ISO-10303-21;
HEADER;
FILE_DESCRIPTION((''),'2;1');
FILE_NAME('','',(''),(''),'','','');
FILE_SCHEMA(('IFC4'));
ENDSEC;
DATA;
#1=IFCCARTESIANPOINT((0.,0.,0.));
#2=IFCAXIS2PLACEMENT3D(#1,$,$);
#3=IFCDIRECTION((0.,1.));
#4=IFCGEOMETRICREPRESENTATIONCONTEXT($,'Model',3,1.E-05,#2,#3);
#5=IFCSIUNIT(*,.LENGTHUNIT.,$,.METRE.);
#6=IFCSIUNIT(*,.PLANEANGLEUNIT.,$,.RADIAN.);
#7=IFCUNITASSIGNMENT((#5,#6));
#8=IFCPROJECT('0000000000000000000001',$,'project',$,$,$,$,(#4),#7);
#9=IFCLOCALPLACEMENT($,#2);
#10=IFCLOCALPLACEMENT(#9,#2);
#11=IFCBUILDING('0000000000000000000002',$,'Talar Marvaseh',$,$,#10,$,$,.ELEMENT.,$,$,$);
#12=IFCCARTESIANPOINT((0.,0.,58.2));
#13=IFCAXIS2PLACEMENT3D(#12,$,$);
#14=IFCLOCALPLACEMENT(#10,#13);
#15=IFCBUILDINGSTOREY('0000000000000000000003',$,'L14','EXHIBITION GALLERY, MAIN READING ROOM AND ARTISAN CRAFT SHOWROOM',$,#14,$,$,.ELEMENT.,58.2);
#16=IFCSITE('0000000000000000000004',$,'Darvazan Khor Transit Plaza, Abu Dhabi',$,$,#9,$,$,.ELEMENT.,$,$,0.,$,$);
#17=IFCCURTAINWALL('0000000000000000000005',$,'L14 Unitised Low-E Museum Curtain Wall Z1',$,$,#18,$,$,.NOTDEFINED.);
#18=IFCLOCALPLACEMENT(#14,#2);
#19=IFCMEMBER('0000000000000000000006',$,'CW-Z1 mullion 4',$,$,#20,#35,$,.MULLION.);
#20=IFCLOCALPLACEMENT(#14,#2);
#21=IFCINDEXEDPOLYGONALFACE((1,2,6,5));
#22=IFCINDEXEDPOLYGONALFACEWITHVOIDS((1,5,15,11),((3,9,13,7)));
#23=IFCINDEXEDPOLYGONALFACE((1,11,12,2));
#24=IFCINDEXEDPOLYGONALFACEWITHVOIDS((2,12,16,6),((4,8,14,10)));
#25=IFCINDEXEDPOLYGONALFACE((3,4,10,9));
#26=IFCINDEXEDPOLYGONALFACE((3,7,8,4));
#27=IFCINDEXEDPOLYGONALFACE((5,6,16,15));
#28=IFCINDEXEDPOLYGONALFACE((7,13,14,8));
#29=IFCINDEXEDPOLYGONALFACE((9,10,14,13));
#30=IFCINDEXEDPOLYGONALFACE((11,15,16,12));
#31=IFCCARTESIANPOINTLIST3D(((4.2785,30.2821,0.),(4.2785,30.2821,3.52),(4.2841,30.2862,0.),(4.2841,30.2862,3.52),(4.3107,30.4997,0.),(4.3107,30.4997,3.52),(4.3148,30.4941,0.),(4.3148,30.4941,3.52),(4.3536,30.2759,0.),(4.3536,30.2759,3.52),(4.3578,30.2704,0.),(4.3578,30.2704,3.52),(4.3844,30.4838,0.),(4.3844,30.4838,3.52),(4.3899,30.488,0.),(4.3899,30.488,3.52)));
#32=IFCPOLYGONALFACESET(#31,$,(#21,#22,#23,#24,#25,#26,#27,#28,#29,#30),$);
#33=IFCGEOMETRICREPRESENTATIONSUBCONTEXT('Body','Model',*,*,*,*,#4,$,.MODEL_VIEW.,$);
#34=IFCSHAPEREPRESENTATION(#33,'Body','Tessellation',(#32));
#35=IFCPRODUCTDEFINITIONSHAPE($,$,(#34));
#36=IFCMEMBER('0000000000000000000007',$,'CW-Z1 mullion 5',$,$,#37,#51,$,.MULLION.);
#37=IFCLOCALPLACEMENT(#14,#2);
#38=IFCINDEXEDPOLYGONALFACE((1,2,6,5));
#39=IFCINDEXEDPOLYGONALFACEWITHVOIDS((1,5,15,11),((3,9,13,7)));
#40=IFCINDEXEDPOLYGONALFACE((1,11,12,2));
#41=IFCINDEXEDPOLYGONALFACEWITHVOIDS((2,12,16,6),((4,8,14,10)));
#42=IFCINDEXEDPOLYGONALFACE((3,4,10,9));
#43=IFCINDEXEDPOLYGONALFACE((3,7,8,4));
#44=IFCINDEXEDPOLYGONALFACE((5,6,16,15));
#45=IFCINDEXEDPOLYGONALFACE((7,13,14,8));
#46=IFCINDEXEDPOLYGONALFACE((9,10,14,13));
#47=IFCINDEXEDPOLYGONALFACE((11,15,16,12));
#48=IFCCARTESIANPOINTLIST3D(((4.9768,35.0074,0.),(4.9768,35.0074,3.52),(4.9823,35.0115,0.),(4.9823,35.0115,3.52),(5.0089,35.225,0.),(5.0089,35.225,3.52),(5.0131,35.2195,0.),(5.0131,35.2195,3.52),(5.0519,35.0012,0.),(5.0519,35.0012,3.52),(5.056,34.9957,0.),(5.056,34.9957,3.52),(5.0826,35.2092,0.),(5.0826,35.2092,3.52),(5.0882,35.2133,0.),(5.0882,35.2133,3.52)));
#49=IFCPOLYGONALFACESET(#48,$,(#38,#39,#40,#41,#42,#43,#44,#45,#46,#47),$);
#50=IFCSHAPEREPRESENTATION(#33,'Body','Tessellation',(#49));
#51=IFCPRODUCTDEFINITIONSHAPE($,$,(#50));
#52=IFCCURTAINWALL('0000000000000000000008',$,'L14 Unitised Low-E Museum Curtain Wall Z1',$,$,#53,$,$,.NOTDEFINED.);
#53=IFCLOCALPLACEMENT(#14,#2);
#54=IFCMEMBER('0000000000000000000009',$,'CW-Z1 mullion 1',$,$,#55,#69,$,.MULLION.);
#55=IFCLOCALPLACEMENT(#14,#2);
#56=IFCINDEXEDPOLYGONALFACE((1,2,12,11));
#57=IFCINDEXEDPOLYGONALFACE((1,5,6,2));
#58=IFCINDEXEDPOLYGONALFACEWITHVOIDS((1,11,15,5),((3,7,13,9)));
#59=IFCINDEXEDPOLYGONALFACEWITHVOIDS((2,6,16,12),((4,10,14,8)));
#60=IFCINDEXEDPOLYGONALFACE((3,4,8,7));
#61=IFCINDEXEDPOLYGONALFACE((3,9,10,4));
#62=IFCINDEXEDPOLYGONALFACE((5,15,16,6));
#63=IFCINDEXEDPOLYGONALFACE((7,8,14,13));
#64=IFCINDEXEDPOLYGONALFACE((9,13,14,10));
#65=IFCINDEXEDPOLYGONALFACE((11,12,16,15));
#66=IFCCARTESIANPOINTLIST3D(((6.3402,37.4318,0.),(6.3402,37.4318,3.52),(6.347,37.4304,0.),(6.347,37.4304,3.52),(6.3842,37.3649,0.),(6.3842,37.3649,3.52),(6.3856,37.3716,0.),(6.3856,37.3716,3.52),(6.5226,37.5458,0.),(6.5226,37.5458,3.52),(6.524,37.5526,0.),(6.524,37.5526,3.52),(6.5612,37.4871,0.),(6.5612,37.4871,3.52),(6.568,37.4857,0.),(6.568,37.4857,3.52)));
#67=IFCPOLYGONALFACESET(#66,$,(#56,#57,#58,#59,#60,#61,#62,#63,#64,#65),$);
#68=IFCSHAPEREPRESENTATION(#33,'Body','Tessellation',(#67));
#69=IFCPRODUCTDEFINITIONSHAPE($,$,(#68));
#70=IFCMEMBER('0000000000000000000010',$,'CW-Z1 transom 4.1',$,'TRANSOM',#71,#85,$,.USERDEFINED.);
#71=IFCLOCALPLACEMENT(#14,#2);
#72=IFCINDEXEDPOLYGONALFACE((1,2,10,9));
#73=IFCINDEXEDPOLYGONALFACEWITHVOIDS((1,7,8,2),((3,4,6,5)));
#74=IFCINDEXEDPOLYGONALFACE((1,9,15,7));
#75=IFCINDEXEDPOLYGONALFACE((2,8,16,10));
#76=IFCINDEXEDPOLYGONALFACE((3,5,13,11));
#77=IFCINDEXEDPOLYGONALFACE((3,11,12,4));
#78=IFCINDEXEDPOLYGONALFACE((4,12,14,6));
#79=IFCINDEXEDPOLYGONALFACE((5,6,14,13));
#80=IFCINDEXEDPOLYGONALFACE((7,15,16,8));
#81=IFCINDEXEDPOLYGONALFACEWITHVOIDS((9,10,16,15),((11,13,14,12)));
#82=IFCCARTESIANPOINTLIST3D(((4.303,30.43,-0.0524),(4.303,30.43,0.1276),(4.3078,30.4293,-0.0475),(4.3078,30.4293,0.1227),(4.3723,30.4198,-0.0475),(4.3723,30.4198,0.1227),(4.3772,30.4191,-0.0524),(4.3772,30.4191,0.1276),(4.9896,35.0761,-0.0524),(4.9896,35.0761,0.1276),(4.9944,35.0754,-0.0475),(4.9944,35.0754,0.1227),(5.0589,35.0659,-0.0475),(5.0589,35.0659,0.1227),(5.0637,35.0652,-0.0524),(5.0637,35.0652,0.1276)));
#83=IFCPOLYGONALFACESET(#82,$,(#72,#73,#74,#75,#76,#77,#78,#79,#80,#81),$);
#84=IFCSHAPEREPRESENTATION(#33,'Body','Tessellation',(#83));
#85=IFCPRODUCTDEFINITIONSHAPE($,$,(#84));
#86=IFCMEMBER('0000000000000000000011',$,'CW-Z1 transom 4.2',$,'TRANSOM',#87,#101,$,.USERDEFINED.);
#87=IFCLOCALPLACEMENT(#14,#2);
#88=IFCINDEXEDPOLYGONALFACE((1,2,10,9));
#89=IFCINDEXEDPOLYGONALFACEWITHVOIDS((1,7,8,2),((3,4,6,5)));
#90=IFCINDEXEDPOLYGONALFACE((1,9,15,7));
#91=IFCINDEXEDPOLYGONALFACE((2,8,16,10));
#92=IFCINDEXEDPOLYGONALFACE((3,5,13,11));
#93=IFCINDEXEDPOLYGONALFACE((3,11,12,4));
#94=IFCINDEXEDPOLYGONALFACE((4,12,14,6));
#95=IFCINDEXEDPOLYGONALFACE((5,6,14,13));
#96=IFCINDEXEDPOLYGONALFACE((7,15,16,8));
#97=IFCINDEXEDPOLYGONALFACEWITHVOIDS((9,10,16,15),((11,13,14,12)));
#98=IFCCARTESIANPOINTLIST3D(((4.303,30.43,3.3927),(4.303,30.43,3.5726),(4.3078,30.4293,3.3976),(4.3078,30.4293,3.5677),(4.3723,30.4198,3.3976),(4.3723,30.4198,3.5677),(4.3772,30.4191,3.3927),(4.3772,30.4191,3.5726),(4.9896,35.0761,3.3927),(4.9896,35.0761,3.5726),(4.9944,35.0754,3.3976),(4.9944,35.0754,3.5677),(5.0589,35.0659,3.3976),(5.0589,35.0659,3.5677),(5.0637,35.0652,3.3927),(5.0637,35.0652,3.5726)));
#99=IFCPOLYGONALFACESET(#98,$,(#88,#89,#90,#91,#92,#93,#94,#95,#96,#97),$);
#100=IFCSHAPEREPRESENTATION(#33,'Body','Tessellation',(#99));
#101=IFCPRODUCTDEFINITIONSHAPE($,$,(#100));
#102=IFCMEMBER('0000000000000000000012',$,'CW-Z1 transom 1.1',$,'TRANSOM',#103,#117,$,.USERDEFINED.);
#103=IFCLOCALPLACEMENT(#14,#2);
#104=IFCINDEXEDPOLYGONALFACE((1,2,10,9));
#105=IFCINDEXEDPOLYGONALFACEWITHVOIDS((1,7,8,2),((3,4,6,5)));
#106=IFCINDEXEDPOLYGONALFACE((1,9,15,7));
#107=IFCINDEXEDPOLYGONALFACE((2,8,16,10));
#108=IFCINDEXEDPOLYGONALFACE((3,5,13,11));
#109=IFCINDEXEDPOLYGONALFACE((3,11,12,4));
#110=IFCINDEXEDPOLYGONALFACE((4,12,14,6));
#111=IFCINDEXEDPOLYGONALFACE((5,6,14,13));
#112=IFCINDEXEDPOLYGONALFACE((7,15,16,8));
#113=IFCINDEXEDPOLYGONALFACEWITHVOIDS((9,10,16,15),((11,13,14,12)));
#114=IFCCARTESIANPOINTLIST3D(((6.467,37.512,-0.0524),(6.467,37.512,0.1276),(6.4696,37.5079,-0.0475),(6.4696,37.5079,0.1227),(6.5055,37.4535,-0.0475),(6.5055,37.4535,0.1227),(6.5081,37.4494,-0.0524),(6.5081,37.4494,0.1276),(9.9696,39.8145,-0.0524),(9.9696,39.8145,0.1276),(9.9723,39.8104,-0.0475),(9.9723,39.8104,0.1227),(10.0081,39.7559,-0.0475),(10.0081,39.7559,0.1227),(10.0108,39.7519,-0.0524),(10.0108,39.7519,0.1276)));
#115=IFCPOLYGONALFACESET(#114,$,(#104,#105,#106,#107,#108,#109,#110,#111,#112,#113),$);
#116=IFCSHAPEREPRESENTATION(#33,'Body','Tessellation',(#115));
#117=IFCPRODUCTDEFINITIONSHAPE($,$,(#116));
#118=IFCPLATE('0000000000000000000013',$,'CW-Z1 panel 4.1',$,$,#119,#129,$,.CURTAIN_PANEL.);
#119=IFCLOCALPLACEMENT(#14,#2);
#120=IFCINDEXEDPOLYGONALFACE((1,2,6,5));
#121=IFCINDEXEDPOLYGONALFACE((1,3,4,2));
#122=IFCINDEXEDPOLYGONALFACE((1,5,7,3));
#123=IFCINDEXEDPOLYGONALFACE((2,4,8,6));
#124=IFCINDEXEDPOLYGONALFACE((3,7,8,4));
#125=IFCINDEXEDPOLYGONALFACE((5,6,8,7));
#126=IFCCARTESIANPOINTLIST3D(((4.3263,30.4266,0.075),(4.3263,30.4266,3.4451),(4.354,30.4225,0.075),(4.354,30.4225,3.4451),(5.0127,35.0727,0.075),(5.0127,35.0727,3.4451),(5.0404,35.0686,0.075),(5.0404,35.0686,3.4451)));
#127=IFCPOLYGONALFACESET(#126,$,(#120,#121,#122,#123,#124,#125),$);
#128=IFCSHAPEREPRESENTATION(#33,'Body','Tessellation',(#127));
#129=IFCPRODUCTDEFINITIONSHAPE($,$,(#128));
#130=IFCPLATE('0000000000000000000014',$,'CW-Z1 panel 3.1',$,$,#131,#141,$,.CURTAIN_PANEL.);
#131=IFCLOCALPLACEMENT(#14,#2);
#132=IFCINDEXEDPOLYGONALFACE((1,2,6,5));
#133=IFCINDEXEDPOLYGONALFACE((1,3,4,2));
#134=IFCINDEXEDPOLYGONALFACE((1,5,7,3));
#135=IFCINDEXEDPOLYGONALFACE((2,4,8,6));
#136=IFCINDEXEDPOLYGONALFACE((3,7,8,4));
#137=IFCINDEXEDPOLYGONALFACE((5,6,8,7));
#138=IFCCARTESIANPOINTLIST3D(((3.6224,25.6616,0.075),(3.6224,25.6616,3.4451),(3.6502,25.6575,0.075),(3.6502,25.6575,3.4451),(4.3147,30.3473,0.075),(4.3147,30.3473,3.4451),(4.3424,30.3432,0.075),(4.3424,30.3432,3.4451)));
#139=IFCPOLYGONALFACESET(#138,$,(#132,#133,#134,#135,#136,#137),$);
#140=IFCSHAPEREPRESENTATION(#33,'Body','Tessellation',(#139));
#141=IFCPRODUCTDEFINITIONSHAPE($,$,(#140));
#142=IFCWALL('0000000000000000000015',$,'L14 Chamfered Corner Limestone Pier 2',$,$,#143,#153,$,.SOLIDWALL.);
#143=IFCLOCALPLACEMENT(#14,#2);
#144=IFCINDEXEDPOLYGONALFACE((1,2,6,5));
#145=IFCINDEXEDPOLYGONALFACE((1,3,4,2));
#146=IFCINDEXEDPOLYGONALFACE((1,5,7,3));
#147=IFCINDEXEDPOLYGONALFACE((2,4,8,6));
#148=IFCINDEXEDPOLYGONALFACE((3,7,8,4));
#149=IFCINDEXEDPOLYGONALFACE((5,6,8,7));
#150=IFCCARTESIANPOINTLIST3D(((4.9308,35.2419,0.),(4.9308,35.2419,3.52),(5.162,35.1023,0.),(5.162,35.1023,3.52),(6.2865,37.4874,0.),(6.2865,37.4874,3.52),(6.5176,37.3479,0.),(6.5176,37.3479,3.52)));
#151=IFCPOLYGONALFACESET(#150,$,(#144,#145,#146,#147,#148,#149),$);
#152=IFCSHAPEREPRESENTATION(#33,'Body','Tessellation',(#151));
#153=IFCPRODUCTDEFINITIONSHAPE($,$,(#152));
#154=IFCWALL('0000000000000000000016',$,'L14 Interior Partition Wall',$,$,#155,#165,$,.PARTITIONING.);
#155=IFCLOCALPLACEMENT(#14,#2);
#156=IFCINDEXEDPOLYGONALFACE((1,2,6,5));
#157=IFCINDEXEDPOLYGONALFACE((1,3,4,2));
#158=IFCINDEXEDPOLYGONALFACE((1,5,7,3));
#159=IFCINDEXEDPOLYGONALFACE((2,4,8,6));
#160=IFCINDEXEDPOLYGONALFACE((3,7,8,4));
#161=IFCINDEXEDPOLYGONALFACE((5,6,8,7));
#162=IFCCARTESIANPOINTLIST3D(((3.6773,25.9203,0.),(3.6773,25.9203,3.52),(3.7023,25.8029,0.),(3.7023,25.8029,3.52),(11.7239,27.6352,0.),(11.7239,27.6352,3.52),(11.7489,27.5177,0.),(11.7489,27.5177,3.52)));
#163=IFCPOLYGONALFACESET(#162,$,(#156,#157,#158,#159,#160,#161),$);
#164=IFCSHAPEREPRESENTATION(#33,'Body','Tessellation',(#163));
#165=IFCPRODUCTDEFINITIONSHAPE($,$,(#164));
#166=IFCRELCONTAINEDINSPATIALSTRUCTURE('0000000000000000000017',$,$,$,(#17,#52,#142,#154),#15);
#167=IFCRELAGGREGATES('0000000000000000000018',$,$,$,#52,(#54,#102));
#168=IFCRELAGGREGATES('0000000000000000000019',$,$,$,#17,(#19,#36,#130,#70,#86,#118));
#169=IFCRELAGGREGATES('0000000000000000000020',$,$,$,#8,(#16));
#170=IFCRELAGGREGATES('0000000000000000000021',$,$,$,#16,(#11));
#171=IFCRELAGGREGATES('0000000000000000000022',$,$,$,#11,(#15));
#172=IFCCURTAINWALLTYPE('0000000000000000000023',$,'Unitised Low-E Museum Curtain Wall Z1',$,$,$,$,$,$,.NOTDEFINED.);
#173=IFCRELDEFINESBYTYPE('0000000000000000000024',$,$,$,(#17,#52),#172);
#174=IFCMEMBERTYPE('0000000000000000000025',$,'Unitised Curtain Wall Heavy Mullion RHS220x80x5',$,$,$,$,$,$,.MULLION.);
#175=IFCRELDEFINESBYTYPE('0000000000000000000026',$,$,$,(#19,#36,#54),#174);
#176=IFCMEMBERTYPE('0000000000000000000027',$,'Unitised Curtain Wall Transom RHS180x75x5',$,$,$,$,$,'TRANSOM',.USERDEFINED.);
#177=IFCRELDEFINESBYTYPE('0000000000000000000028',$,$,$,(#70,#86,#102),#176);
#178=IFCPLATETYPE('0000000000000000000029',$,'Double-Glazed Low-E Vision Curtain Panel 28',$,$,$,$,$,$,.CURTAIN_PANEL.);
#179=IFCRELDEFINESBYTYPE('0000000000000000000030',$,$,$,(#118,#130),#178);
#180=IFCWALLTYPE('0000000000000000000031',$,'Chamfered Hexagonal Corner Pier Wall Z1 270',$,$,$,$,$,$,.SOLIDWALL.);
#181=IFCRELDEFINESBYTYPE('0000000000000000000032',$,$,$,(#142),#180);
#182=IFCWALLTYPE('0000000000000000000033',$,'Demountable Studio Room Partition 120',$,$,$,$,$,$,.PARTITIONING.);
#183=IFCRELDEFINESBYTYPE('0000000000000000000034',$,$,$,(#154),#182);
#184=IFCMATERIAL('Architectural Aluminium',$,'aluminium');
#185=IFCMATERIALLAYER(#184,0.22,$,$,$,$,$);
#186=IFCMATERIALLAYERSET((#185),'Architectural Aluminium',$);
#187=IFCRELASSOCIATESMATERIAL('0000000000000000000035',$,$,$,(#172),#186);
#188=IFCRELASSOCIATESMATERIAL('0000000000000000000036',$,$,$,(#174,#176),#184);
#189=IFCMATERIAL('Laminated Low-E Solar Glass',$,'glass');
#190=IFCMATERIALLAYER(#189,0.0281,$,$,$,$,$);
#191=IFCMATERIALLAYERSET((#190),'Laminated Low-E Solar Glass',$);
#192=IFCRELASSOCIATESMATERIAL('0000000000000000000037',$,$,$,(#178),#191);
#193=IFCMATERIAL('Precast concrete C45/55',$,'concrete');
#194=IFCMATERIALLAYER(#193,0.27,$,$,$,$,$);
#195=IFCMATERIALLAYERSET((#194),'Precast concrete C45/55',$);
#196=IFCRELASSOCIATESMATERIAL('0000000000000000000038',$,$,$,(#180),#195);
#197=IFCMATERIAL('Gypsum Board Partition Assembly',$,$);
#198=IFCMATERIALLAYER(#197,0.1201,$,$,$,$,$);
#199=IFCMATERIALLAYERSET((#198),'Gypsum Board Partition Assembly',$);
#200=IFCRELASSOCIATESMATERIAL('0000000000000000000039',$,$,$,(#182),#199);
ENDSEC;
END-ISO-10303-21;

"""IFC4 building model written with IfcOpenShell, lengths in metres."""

from ifc_helpers import new_model, si_unit, direction, frame, frame_2d, origin, origin_2d, place, context, subcontext, project, spatial, rectangle, hollow_rectangle, extrude, source, transform, mapped, material, layer, layer_set, material_profile, profile_set, type_object, type_shapes, element, aggregate, save


model = new_model("IFC4")

# Units and contexts
model_context = context("Model", 3, precision=1e-05, world=origin(), true_north=direction((0.0, 1.0)))
body_context = subcontext(model_context, "Body", "Model", "MODEL_VIEW")
ifc_project = project(units=[si_unit("LENGTHUNIT", "METRE"), si_unit("PLANEANGLEUNIT", "RADIAN")], contexts=[model_context])

# Site, building, storey
site_placement = place(None, origin())
site = spatial("IfcSite", under=ifc_project, at=site_placement, Name="Darvazan Khor Transit Plaza, Abu Dhabi", CompositionType="ELEMENT", RefElevation=0.0)
building_placement = place(site_placement, origin())
building = spatial("IfcBuilding", under=site, at=building_placement, Name="Talar Marvaseh", CompositionType="ELEMENT")
storey_placement = place(building_placement, frame((0.0, 0.0, 58.2)))
storey = spatial("IfcBuildingStorey", under=building, at=storey_placement, Name="L14", Description="EXHIBITION GALLERY, MAIN READING ROOM AND ARTISAN CRAFT SHOWROOM", CompositionType="ELEMENT", Elevation=58.2)

# Curtain wall, members
ifc_material_1 = material(Name="Architectural Aluminium", Category="aluminium")
ifc_layer_1 = layer(ifc_material_1, 0.22)
ifc_layer_set_1 = layer_set([ifc_layer_1], Name="Architectural Aluminium")
curtain_wall_type = type_object("IfcCurtainWallType", Name="Unitised Low-E Museum Curtain Wall Z1", PredefinedType="NOTDEFINED", material=ifc_layer_set_1)
curtain_wall_1_placement = place(storey_placement, origin())
curtain_wall_1 = element("IfcCurtainWall", 1, at=curtain_wall_1_placement, inside=storey, type_object=curtain_wall_type, Name="L14 Unitised Low-E Museum Curtain Wall Z1", PredefinedType="NOTDEFINED")
ifc_material_profile_1 = material_profile(ifc_material_1, hollow_rectangle(XDim=0.0801, YDim=0.22, WallThickness=0.0049, at=origin_2d()), Name="RHS220x80x5")
ifc_profile_set_1 = profile_set([ifc_material_profile_1], Name="Architectural Aluminium")
member_type_1 = type_object("IfcMemberType", Name="Unitised Curtain Wall Heavy Mullion RHS220x80x5", PredefinedType="MULLION", material=ifc_profile_set_1)
shared_shape_1 = source(origin(), body_context, "Body", "SweptSolid", [
    extrude(hollow_rectangle(XDim=0.0801, YDim=0.22, WallThickness=0.0049, at=origin_2d()), origin(), (0.0, 0.0, 1.0), 3.52),
])
type_shapes(member_type_1, [shared_shape_1])
member_1_placement = place(storey_placement, frame((4.3342, 30.385, 0.0), z_axis=(0.0, 0.0, 1.0), x_axis=(-0.989262, 0.14615, 0.0)))
member_1 = element("IfcMember", 2, at=member_1_placement, type_object=member_type_1, Name="CW-Z1 mullion 4", PredefinedType="MULLION", context=body_context, shape_type="MappedRepresentation", body=[
    mapped(shared_shape_1, transform((0.0, 0.0, 0.0), x_axis=(1.0, 0.0, 0.0), y_axis=(0.0, 1.0, 0.0), z_axis=(0.0, 0.0, 1.0), scale=1.0)),
])
member_2_placement = place(storey_placement, frame((5.0325, 35.1104, 0.0), z_axis=(0.0, 0.0, 1.0), x_axis=(-0.989262, 0.14615, 0.0)))
member_2 = element("IfcMember", 3, at=member_2_placement, type_object=member_type_1, Name="CW-Z1 mullion 5", PredefinedType="MULLION", context=body_context, shape_type="MappedRepresentation", body=[
    mapped(shared_shape_1, transform((0.0, 0.0, 0.0), x_axis=(1.0, 0.0, 0.0), y_axis=(0.0, 1.0, 0.0), z_axis=(0.0, 0.0, 1.0), scale=1.0)),
])

# Curtain wall, member
curtain_wall_2_placement = place(storey_placement, origin())
curtain_wall_2 = element("IfcCurtainWall", 4, at=curtain_wall_2_placement, inside=storey, type_object=curtain_wall_type, Name="L14 Unitised Low-E Museum Curtain Wall Z1", PredefinedType="NOTDEFINED")
member_3_placement = place(storey_placement, frame((6.4541, 37.4587, 0.0), z_axis=(0.0, 0.0, 1.0), x_axis=(-0.549283, 0.835636, 0.0)))
member_3 = element("IfcMember", 5, at=member_3_placement, type_object=member_type_1, Name="CW-Z1 mullion 1", PredefinedType="MULLION", context=body_context, shape_type="MappedRepresentation", body=[
    mapped(shared_shape_1, transform((0.0, 0.0, 0.0), x_axis=(1.0, 0.0, 0.0), y_axis=(0.0, 1.0, 0.0), z_axis=(0.0, 0.0, 1.0), scale=1.0)),
])

# Members
ifc_material_profile_2 = material_profile(ifc_material_1, hollow_rectangle(XDim=0.075, YDim=0.1799, WallThickness=0.0049, at=origin_2d()), Name="RHS180x75x5")
ifc_profile_set_2 = profile_set([ifc_material_profile_2], Name="Architectural Aluminium")
member_type_2 = type_object("IfcMemberType", Name="Unitised Curtain Wall Transom RHS180x75x5", ElementType="TRANSOM", PredefinedType="USERDEFINED", material=ifc_profile_set_2)
shared_shape_2 = source(origin(), body_context, "Body", "SweptSolid", [
    extrude(hollow_rectangle(XDim=0.075, YDim=0.1799, WallThickness=0.0049, at=origin_2d()), origin(), (0.0, 0.0, 1.0), 4.6965),
])
member_4_placement = place(storey_placement, frame((4.3401, 30.4246, 0.0376), z_axis=(0.146179, 0.989258, 0.0), x_axis=(-0.989258, 0.146179, 0.0)))
member_4 = element("IfcMember", 6, at=member_4_placement, type_object=member_type_2, Name="CW-Z1 transom 4.1", ObjectType="TRANSOM", PredefinedType="USERDEFINED", context=body_context, shape_type="MappedRepresentation", body=[
    mapped(shared_shape_2, transform((0.0, 0.0, 0.0), x_axis=(1.0, 0.0, 0.0), y_axis=(0.0, 1.0, 0.0), z_axis=(0.0, 0.0, 1.0), scale=1.0)),
])
member_5_placement = place(storey_placement, frame((4.3401, 30.4246, 3.4827), z_axis=(0.146179, 0.989258, 0.0), x_axis=(-0.989258, 0.146179, 0.0)))
member_5 = element("IfcMember", 7, at=member_5_placement, type_object=member_type_2, Name="CW-Z1 transom 4.2", ObjectType="TRANSOM", PredefinedType="USERDEFINED", context=body_context, shape_type="MappedRepresentation", body=[
    mapped(shared_shape_2, transform((0.0, 0.0, 0.0), x_axis=(1.0, 0.0, 0.0), y_axis=(0.0, 1.0, 0.0), z_axis=(0.0, 0.0, 1.0), scale=1.0)),
])
shared_shape_3 = source(origin(), body_context, "Body", "SweptSolid", [
    extrude(hollow_rectangle(XDim=0.075, YDim=0.1799, WallThickness=0.0049, at=origin_2d()), origin(), (0.0, 0.0, 1.0), 4.1917),
])
type_shapes(member_type_2, [shared_shape_2, shared_shape_3])
member_6_placement = place(storey_placement, frame((6.4875, 37.4807, 0.0376), z_axis=(0.835626, 0.549299, 0.0), x_axis=(-0.549299, 0.835626, 0.0)))
member_6 = element("IfcMember", 8, at=member_6_placement, type_object=member_type_2, Name="CW-Z1 transom 1.1", ObjectType="TRANSOM", PredefinedType="USERDEFINED", context=body_context, shape_type="MappedRepresentation", body=[
    mapped(shared_shape_3, transform((0.0, 0.0, 0.0), x_axis=(1.0, 0.0, 0.0), y_axis=(0.0, 1.0, 0.0), z_axis=(0.0, 0.0, 1.0), scale=1.0)),
])
aggregate(curtain_wall_2, [member_3, member_6])

# Plates
ifc_material_2 = material(Name="Laminated Low-E Solar Glass", Category="glass")
ifc_layer_2 = layer(ifc_material_2, 0.0281)
ifc_layer_set_2 = layer_set([ifc_layer_2], Name="Laminated Low-E Solar Glass")
plate_type = type_object("IfcPlateType", Name="Double-Glazed Low-E Vision Curtain Panel 28", PredefinedType="CURTAIN_PANEL", material=ifc_layer_set_2)
shared_shape_4 = source(origin(), body_context, "Body", "SweptSolid", [
    extrude(rectangle(XDim=4.6965, YDim=0.0281, at=origin_2d()), origin(), (0.0, 0.0, 1.0), 3.3701),
])
plate_1_placement = place(storey_placement, frame((4.6833, 32.7476, 0.075), z_axis=(0.0, 0.0, 1.0), x_axis=(0.14615, 0.989262, 0.0)))
plate_1 = element("IfcPlate", 9, at=plate_1_placement, type_object=plate_type, Name="CW-Z1 panel 4.1", PredefinedType="CURTAIN_PANEL", context=body_context, shape_type="MappedRepresentation", body=[
    mapped(shared_shape_4, transform((0.0, 0.0, 0.0), x_axis=(1.0, 0.0, 0.0), y_axis=(0.0, 1.0, 0.0), z_axis=(0.0, 0.0, 1.0), scale=1.0)),
])
shared_shape_5 = source(origin(), body_context, "Body", "SweptSolid", [
    extrude(rectangle(XDim=4.7366, YDim=0.0281, at=origin_2d()), origin(), (0.0, 0.0, 1.0), 3.3701),
])
type_shapes(plate_type, [shared_shape_4, shared_shape_5])
plate_2_placement = place(storey_placement, frame((3.9824, 28.0024, 0.075), z_axis=(0.0, 0.0, 1.0), x_axis=(0.14615, 0.989262, 0.0)))
plate_2 = element("IfcPlate", 10, at=plate_2_placement, type_object=plate_type, Name="CW-Z1 panel 3.1", PredefinedType="CURTAIN_PANEL", context=body_context, shape_type="MappedRepresentation", body=[
    mapped(shared_shape_5, transform((0.0, 0.0, 0.0), x_axis=(1.0, 0.0, 0.0), y_axis=(0.0, 1.0, 0.0), z_axis=(0.0, 0.0, 1.0), scale=1.0)),
])
aggregate(curtain_wall_1, [member_1, member_2, plate_2, member_4, member_5, plate_1])

# Walls
ifc_material_3 = material(Name="Precast concrete C45/55", Category="concrete")
ifc_layer_3 = layer(ifc_material_3, 0.27)
ifc_layer_set_3 = layer_set([ifc_layer_3], Name="Precast concrete C45/55")
wall_type_1 = type_object("IfcWallType", Name="Chamfered Hexagonal Corner Pier Wall Z1 270", PredefinedType="SOLIDWALL", material=ifc_layer_set_3)
wall_1_placement = place(storey_placement, frame((5.0464, 35.1721, 0.0), z_axis=(0.0, 0.0, 1.0), x_axis=(0.516834, 0.856085, 0.0)))
element("IfcWall", 11, at=wall_1_placement, inside=storey, type_object=wall_type_1, Name="L14 Chamfered Corner Limestone Pier 2", PredefinedType="SOLIDWALL", context=body_context, shape_type="SweptSolid", body=[
    extrude(rectangle(XDim=2.623, YDim=0.27, at=frame_2d((1.3115, 0.0))), origin(), (0.0, 0.0, 1.0), 3.52),
])
ifc_material_4 = material(Name="Gypsum Board Partition Assembly")
ifc_layer_4 = layer(ifc_material_4, 0.1201)
ifc_layer_set_4 = layer_set([ifc_layer_4], Name="Gypsum Board Partition Assembly")
wall_type_2 = type_object("IfcWallType", Name="Demountable Studio Room Partition 120", PredefinedType="PARTITIONING", material=ifc_layer_set_4)
wall_2_placement = place(storey_placement, frame((3.6897, 25.8616, 0.0), z_axis=(0.0, 0.0, 1.0), x_axis=(0.978037, 0.208433, 0.0)))
element("IfcWall", 12, at=wall_2_placement, inside=storey, type_object=wall_type_2, Name="L14 Interior Partition Wall", PredefinedType="PARTITIONING", context=body_context, shape_type="SweptSolid", body=[
    extrude(rectangle(XDim=8.2273, YDim=0.1201, at=frame_2d((4.1138, 0.0))), origin(), (0.0, 0.0, 1.0), 3.52),
])

save(model, "model.ifc")
